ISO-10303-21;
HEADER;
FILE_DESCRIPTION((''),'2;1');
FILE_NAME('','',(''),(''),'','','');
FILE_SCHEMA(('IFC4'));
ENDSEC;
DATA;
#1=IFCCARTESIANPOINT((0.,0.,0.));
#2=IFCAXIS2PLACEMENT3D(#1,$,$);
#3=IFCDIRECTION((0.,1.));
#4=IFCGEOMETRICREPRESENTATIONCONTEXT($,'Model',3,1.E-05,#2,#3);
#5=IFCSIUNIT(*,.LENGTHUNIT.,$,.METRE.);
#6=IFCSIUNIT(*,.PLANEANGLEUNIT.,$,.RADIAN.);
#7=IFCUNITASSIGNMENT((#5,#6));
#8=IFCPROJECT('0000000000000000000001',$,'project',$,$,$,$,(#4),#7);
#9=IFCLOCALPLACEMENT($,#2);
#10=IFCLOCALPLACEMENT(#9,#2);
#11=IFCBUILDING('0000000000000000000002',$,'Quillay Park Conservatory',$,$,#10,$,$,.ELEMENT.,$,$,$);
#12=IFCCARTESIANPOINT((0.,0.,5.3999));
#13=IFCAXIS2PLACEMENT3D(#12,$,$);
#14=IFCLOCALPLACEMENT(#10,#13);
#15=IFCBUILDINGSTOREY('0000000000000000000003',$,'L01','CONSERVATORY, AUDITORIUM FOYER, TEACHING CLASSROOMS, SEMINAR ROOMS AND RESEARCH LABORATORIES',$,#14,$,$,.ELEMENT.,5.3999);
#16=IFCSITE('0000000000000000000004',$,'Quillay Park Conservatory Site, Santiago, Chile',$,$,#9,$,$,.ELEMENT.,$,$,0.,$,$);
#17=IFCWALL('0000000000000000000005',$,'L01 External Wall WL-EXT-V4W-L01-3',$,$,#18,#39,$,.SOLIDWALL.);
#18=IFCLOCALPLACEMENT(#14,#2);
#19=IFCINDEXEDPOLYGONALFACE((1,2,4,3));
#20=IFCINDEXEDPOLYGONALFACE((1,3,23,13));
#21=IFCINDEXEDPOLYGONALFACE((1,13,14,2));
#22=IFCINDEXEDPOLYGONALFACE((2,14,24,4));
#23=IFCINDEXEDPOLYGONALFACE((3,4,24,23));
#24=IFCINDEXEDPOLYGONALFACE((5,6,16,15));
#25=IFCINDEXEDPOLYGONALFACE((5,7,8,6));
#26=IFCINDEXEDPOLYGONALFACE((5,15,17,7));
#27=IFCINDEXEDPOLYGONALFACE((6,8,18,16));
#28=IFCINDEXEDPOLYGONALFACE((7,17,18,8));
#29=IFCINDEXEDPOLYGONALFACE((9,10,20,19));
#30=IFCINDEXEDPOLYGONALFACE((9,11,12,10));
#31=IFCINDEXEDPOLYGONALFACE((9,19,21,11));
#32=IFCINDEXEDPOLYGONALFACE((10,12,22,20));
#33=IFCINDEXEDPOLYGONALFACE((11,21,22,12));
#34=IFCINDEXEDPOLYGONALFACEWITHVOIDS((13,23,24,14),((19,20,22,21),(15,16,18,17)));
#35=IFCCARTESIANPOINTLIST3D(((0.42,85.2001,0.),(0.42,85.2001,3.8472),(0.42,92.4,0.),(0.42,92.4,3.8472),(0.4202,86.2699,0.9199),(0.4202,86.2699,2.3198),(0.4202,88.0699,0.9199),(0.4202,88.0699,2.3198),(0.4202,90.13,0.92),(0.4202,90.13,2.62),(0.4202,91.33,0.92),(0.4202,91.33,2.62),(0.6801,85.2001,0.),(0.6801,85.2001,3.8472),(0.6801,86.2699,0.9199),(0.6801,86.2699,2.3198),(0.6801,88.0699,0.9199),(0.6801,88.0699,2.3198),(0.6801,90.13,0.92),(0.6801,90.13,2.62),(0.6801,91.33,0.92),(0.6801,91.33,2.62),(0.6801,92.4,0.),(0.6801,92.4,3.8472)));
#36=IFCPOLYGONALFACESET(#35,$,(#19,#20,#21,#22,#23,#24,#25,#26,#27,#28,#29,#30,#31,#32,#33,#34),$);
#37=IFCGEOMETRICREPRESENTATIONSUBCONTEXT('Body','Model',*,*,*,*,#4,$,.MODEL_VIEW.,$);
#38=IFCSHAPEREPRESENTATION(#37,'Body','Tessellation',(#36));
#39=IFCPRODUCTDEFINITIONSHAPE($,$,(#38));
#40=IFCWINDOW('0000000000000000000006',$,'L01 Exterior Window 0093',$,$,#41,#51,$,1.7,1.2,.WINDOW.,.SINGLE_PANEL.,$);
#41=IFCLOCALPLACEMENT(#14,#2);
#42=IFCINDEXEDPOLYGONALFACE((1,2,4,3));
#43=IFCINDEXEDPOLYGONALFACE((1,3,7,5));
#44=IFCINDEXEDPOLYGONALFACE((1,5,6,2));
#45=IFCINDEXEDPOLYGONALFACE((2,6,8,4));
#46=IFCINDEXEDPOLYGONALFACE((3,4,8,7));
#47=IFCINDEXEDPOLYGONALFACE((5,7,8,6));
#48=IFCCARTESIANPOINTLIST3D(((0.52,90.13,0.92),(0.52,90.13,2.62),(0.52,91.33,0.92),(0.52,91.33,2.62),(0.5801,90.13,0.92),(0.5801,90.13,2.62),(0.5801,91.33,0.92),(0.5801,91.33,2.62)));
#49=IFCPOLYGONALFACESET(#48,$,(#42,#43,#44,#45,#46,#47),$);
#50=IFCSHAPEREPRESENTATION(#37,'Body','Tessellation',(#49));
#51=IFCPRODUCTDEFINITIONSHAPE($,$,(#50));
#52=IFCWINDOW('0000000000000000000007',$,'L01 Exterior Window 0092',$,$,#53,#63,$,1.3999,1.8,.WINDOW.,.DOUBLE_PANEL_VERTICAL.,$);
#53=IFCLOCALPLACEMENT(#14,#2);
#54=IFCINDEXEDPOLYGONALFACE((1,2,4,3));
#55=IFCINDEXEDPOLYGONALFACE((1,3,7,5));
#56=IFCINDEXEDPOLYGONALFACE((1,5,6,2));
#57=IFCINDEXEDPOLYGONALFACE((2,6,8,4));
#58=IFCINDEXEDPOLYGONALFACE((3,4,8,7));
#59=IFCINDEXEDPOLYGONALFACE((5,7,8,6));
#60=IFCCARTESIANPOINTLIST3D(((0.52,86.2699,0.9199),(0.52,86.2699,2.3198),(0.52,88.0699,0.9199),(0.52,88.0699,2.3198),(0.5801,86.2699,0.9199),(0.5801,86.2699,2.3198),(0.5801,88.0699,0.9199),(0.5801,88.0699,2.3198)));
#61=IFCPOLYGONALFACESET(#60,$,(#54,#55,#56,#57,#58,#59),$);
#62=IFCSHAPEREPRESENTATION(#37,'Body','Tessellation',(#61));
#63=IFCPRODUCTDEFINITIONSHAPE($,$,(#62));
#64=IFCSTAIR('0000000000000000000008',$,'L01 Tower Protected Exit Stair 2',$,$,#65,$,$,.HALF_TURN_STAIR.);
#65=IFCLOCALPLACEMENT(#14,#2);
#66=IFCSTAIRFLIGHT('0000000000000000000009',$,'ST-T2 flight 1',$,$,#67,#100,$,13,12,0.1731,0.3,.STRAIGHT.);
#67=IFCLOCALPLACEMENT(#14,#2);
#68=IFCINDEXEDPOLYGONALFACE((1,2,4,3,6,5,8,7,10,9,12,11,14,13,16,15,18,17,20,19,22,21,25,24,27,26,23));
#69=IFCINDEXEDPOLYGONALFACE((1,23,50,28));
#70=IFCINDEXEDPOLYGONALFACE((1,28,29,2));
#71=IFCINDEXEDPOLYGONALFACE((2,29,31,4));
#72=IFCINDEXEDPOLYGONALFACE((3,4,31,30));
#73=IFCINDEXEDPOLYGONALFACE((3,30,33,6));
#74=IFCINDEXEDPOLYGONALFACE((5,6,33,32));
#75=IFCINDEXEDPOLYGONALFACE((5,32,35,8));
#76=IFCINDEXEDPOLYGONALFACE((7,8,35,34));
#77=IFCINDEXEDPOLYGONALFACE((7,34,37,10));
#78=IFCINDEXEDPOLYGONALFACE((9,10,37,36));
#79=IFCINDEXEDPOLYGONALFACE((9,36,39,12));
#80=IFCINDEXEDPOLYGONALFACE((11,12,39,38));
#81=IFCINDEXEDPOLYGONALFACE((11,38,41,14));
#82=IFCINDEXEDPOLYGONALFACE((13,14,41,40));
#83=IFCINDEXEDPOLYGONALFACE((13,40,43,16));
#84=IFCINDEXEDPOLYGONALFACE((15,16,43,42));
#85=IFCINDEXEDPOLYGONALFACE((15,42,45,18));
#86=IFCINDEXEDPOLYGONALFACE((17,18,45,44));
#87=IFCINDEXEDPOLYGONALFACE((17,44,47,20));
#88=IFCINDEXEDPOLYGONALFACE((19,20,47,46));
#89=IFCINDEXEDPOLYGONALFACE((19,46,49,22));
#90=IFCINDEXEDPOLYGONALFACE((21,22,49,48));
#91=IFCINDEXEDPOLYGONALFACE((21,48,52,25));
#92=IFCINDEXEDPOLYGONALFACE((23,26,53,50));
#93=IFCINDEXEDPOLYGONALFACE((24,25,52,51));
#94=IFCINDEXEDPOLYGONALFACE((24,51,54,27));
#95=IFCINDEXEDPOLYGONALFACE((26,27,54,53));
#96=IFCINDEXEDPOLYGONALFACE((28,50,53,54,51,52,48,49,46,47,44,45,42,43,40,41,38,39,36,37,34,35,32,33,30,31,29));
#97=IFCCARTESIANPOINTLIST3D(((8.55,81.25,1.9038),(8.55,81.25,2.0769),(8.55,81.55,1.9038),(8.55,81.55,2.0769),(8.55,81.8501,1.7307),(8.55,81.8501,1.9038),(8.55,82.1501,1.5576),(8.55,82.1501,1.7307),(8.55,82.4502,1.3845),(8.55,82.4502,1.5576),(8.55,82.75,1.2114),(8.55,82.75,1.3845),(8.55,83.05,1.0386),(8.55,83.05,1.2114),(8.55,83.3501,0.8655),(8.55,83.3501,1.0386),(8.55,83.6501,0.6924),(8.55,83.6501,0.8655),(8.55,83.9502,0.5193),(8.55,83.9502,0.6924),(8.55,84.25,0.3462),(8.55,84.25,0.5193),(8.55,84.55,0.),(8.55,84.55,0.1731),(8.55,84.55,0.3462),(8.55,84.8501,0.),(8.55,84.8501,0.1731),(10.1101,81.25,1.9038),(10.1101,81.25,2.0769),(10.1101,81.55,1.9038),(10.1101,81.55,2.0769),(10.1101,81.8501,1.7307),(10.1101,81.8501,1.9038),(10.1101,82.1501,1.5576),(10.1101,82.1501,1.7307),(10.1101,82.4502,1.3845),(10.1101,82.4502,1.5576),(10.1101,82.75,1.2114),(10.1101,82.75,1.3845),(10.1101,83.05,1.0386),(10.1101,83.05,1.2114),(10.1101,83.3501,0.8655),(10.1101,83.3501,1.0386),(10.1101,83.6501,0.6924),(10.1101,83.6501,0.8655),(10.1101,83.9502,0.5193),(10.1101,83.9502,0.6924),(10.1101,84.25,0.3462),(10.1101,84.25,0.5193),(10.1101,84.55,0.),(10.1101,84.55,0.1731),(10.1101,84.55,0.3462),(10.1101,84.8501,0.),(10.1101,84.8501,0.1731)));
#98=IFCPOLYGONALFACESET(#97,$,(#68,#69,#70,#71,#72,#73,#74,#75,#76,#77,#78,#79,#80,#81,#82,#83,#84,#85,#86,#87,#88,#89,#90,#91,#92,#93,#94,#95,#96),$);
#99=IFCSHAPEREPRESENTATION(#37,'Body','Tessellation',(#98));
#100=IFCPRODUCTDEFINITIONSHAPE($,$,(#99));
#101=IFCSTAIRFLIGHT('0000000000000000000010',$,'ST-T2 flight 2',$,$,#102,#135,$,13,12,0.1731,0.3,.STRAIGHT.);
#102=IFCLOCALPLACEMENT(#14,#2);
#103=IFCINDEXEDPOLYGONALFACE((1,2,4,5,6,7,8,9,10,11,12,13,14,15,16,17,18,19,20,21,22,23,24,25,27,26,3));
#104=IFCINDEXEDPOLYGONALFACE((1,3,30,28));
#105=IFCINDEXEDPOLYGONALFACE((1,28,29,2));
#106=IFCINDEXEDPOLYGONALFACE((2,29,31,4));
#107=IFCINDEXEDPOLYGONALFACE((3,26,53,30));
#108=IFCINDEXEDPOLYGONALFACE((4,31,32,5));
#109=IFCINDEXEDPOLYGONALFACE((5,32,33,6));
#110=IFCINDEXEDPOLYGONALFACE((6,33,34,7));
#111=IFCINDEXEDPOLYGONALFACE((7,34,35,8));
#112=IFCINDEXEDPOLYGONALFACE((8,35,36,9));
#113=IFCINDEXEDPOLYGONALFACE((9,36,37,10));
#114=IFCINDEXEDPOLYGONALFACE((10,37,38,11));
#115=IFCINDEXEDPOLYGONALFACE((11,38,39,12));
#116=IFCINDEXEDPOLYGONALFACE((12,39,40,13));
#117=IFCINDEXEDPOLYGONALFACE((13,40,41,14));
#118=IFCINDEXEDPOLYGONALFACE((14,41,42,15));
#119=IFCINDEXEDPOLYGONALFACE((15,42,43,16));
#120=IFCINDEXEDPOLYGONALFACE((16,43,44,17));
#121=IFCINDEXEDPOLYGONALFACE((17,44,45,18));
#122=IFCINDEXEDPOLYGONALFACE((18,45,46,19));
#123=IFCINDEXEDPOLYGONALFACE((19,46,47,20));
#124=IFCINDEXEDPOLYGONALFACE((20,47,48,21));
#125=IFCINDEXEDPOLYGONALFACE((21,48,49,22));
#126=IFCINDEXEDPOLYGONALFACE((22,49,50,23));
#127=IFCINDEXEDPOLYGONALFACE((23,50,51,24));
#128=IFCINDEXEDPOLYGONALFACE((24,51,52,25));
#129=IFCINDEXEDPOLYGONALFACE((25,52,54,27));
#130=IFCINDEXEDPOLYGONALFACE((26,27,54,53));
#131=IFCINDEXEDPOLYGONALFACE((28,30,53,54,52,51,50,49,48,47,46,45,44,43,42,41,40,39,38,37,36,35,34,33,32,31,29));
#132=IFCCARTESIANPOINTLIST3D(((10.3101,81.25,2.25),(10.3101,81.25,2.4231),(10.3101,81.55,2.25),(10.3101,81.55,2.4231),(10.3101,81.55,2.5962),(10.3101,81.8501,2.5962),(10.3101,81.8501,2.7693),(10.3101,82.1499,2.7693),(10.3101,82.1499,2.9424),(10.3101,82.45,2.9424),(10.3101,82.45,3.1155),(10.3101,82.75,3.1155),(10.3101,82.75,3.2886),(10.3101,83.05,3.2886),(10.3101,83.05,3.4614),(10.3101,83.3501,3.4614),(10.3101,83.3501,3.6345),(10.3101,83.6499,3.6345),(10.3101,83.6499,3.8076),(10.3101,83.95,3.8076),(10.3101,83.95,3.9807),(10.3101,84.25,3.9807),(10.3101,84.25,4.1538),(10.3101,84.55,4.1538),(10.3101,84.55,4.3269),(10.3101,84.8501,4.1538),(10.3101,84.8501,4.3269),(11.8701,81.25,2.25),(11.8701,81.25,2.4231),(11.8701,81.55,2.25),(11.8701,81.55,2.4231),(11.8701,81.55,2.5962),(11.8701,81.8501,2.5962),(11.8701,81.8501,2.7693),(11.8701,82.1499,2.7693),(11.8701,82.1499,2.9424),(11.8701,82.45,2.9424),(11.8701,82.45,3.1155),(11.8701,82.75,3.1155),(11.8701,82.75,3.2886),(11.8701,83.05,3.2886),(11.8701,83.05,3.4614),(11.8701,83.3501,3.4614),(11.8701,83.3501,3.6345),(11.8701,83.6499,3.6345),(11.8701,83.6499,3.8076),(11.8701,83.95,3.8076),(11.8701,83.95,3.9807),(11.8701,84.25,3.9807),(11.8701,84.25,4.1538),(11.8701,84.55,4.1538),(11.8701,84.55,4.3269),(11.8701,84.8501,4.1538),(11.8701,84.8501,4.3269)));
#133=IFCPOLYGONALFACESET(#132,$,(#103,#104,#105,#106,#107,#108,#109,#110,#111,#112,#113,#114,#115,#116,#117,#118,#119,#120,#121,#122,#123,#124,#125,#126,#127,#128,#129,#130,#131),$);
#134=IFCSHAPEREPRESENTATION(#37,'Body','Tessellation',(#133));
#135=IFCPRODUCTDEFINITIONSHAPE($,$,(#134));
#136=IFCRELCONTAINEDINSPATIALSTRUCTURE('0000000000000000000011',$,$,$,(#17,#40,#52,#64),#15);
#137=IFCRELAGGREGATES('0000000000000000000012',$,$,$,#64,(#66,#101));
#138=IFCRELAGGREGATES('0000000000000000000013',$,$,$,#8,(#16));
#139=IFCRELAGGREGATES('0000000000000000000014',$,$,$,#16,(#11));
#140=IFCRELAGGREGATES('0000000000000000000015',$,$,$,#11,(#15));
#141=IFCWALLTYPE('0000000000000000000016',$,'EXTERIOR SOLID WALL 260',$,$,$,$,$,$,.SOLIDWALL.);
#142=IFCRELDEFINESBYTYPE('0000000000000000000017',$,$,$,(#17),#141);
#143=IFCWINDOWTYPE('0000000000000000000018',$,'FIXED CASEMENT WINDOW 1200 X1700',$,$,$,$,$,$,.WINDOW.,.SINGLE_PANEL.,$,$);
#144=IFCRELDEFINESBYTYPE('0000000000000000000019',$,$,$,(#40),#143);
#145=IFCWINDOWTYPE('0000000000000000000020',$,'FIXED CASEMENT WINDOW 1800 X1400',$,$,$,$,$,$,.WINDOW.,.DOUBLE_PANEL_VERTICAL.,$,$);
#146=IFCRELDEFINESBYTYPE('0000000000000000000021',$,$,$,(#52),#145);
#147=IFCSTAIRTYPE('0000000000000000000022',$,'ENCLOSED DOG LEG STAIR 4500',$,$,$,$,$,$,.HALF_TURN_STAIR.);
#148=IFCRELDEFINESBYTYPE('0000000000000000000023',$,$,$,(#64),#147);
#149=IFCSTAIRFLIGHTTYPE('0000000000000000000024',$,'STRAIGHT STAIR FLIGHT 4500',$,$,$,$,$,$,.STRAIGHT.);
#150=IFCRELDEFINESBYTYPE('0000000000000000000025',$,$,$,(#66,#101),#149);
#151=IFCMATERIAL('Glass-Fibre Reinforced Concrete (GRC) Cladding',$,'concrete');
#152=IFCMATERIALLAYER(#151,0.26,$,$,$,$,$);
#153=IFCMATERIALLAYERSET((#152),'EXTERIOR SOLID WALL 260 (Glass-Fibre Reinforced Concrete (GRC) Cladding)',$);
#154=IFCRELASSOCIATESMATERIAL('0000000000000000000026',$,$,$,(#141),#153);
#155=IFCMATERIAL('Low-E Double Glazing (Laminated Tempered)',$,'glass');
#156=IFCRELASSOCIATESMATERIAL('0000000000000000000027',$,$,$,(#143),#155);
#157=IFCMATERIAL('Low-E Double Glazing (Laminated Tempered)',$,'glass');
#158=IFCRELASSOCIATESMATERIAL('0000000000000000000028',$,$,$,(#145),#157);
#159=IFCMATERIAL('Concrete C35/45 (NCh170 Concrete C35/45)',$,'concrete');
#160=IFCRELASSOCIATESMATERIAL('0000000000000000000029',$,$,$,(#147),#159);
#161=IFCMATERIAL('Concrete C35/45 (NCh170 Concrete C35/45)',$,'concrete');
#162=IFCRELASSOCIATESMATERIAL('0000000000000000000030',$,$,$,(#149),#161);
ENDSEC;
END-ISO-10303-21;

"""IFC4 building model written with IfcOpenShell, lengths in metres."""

from ifc_helpers import new_model, si_unit, direction, frame, frame_2d, origin, place, context, subcontext, project, spatial, polyline, rectangle, outline, extrude, material, layer, layer_set, type_object, element, fill, aggregate, save


model = new_model("IFC4")

# Units and contexts
model_context = context("Model", 3, precision=1e-05, world=origin(), true_north=direction((0.0, 1.0)))
body_context = subcontext(model_context, "Body", "Model", "MODEL_VIEW")
ifc_project = project(units=[si_unit("LENGTHUNIT", "METRE"), si_unit("PLANEANGLEUNIT", "RADIAN")], contexts=[model_context])

# Site, building, storey
site_placement = place(None, origin())
site = spatial("IfcSite", under=ifc_project, at=site_placement, Name="Quillay Park Conservatory Site, Santiago, Chile", CompositionType="ELEMENT", RefElevation=0.0)
building_placement = place(site_placement, origin())
building = spatial("IfcBuilding", under=site, at=building_placement, Name="Quillay Park Conservatory", CompositionType="ELEMENT")
storey_placement = place(building_placement, frame((0.0, 0.0, 5.3999)))
storey = spatial("IfcBuildingStorey", under=building, at=storey_placement, Name="L01", Description="CONSERVATORY, AUDITORIUM FOYER, TEACHING CLASSROOMS, SEMINAR ROOMS AND RESEARCH LABORATORIES", CompositionType="ELEMENT", Elevation=5.3999)

# Wall, openings, windows
ifc_material_1 = material(Name="Glass-Fibre Reinforced Concrete (GRC) Cladding", Category="concrete")
ifc_layer_1 = layer(ifc_material_1, 0.26)
ifc_layer_set_1 = layer_set([ifc_layer_1], Name="EXTERIOR SOLID WALL 260 (Glass-Fibre Reinforced Concrete (GRC) Cladding)")
wall_type_1 = type_object("IfcWallType", Name="EXTERIOR SOLID WALL 260", PredefinedType="SOLIDWALL", material=ifc_layer_set_1)
wall_1_placement = place(storey_placement, frame((0.55, 85.2, 0.0), z_axis=(0.0, 0.0, 1.0), x_axis=(0.0, 1.0, 0.0)))
wall_1 = element("IfcWall", 1, at=wall_1_placement, inside=storey, type_object=wall_type_1, Name="L01 External Wall WL-EXT-V4W-L01-3", PredefinedType="SOLIDWALL", context=body_context, shape_type="SweptSolid", body=[
    extrude(rectangle(XDim=7.2, YDim=0.26, at=frame_2d((3.6001, 0.0))), origin(), (0.0, 0.0, 1.0), 3.8472),
])
opening_1_placement = place(wall_1_placement, frame((1.0701, 0.0, 0.9199)))
opening_1 = element("IfcOpeningElement", 2, at=opening_1_placement, cuts=wall_1, PredefinedType="OPENING", context=body_context, shape_type="SweptSolid", body=[
    extrude(rectangle(XDim=1.8, YDim=1.3999, at=frame_2d((0.8999, 0.7))), frame((0.0, 0.1299, 0.0), z_axis=(0.0, -1.0, 0.0), x_axis=(1.0, 0.0, 0.0)), (0.0, 0.0, 1.0), 0.26),
])
opening_2_placement = place(wall_1_placement, frame((4.9299, 0.0, 0.9199)))
opening_2 = element("IfcOpeningElement", 3, at=opening_2_placement, cuts=wall_1, PredefinedType="OPENING", context=body_context, shape_type="SweptSolid", body=[
    extrude(rectangle(XDim=1.2, YDim=1.7, at=frame_2d((0.6001, 0.8501))), frame((0.0, 0.1299, 0.0), z_axis=(0.0, -1.0, 0.0), x_axis=(1.0, 0.0, 0.0)), (0.0, 0.0, 1.0), 0.26),
])
ifc_material_2 = material(Name="Low-E Double Glazing (Laminated Tempered)", Category="glass")
window_type_1 = type_object("IfcWindowType", Name="FIXED CASEMENT WINDOW 1200 X1700", PartitioningType="SINGLE_PANEL", PredefinedType="WINDOW", material=ifc_material_2)
window_1_placement = place(opening_2_placement, origin())
window_1 = element("IfcWindow", 4, at=window_1_placement, inside=storey, type_object=window_type_1, Name="L01 Exterior Window 0093", OverallHeight=1.7, OverallWidth=1.2, PartitioningType="SINGLE_PANEL", PredefinedType="WINDOW", context=body_context, shape_type="SweptSolid", body=[
    extrude(rectangle(XDim=1.2, YDim=1.7, at=frame_2d((0.6001, 0.8501))), frame((0.0, 0.03, 0.0), z_axis=(0.0, -1.0, 0.0), x_axis=(1.0, 0.0, 0.0)), (0.0, 0.0, 1.0), 0.0601),
])
fill(opening_2, window_1)
ifc_material_3 = material(Name="Low-E Double Glazing (Laminated Tempered)", Category="glass")
window_type_2 = type_object("IfcWindowType", Name="FIXED CASEMENT WINDOW 1800 X1400", PartitioningType="DOUBLE_PANEL_VERTICAL", PredefinedType="WINDOW", material=ifc_material_3)
window_2_placement = place(opening_1_placement, origin())
window_2 = element("IfcWindow", 5, at=window_2_placement, inside=storey, type_object=window_type_2, Name="L01 Exterior Window 0092", OverallHeight=1.3999, OverallWidth=1.8, PartitioningType="DOUBLE_PANEL_VERTICAL", PredefinedType="WINDOW", context=body_context, shape_type="SweptSolid", body=[
    extrude(rectangle(XDim=1.8, YDim=1.3999, at=frame_2d((0.8999, 0.7))), frame((0.0, 0.03, 0.0), z_axis=(0.0, -1.0, 0.0), x_axis=(1.0, 0.0, 0.0)), (0.0, 0.0, 1.0), 0.0601),
])
fill(opening_1, window_2)

# Stair, stair flights
ifc_material_4 = material(Name="Concrete C35/45 (NCh170 Concrete C35/45)", Category="concrete")
stair_type = type_object("IfcStairType", Name="ENCLOSED DOG LEG STAIR 4500", PredefinedType="HALF_TURN_STAIR", material=ifc_material_4)
stair_placement = place(storey_placement, origin())
stair = element("IfcStair", 6, at=stair_placement, inside=storey, type_object=stair_type, Name="L01 Tower Protected Exit Stair 2", PredefinedType="HALF_TURN_STAIR")
ifc_material_5 = material(Name="Concrete C35/45 (NCh170 Concrete C35/45)", Category="concrete")
stair_flight_type = type_object("IfcStairFlightType", Name="STRAIGHT STAIR FLIGHT 4500", PredefinedType="STRAIGHT", material=ifc_material_5)
stair_flight_1_placement = place(storey_placement, frame((9.3301, 84.8501, 0.0), z_axis=(0.0, 0.0, 1.0), x_axis=(0.0, -1.0, 0.0)))
stair_flight_1 = element("IfcStairFlight", 7, at=stair_flight_1_placement, type_object=stair_flight_type, Name="ST-T2 flight 1", NumberOfRisers=13, NumberOfTreads=12, PredefinedType="STRAIGHT", RiserHeight=0.1731, TreadLength=0.3, context=body_context, shape_type="SweptSolid", body=[
    extrude(outline(polyline([(0.0, 0.0), (0.0, 0.1731), (0.3, 0.1731), (0.3, 0.3462), (0.6001, 0.3462), (0.6001, 0.5193), (0.8999, 0.5193), (0.8999, 0.6924), (1.2, 0.6924), (1.2, 0.8655), (1.5, 0.8655), (1.5, 1.0386), (1.8, 1.0386), (1.8, 1.2114), (2.1001, 1.2114), (2.1001, 1.3845), (2.3999, 1.3845), (2.3999, 1.5576), (2.7, 1.5576), (2.7, 1.7307), (3.0, 1.7307), (3.0, 1.9038), (3.3, 1.9038), (3.3, 2.0769), (3.6001, 2.0769), (3.6001, 2.25), (3.6001, 1.9038), (0.3, 0.0), (0.0, 0.0)])), frame((0.0, 0.78, 0.0), z_axis=(0.0, -1.0, 0.0), x_axis=(1.0, 0.0, 0.0)), (0.0, 0.0, 1.0), 1.5601),
])
stair_flight_2_placement = place(storey_placement, frame((11.0901, 81.25, 2.25), z_axis=(0.0, 0.0, 1.0), x_axis=(0.0, 1.0, 0.0)))
stair_flight_2 = element("IfcStairFlight", 8, at=stair_flight_2_placement, type_object=stair_flight_type, Name="ST-T2 flight 2", NumberOfRisers=13, NumberOfTreads=12, PredefinedType="STRAIGHT", RiserHeight=0.1731, TreadLength=0.3, context=body_context, shape_type="SweptSolid", body=[
    extrude(outline(polyline([(0.0, 0.0), (0.0, 0.1731), (0.3, 0.1731), (0.3, 0.3462), (0.6001, 0.3462), (0.6001, 0.5193), (0.8999, 0.5193), (0.8999, 0.6924), (1.2, 0.6924), (1.2, 0.8655), (1.5, 0.8655), (1.5, 1.0386), (1.8, 1.0386), (1.8, 1.2114), (2.1001, 1.2114), (2.1001, 1.3845), (2.3999, 1.3845), (2.3999, 1.5576), (2.7, 1.5576), (2.7, 1.7307), (3.0, 1.7307), (3.0, 1.9038), (3.3, 1.9038), (3.3, 2.0769), (3.6001, 2.0769), (3.6001, 2.25), (3.6001, 1.9038), (0.3, 0.0), (0.0, 0.0)])), frame((0.0, 0.78, 0.0), z_axis=(0.0, -1.0, 0.0), x_axis=(1.0, 0.0, 0.0)), (0.0, 0.0, 1.0), 1.5601),
])
aggregate(stair, [stair_flight_1, stair_flight_2])

save(model, "model.ifc")
